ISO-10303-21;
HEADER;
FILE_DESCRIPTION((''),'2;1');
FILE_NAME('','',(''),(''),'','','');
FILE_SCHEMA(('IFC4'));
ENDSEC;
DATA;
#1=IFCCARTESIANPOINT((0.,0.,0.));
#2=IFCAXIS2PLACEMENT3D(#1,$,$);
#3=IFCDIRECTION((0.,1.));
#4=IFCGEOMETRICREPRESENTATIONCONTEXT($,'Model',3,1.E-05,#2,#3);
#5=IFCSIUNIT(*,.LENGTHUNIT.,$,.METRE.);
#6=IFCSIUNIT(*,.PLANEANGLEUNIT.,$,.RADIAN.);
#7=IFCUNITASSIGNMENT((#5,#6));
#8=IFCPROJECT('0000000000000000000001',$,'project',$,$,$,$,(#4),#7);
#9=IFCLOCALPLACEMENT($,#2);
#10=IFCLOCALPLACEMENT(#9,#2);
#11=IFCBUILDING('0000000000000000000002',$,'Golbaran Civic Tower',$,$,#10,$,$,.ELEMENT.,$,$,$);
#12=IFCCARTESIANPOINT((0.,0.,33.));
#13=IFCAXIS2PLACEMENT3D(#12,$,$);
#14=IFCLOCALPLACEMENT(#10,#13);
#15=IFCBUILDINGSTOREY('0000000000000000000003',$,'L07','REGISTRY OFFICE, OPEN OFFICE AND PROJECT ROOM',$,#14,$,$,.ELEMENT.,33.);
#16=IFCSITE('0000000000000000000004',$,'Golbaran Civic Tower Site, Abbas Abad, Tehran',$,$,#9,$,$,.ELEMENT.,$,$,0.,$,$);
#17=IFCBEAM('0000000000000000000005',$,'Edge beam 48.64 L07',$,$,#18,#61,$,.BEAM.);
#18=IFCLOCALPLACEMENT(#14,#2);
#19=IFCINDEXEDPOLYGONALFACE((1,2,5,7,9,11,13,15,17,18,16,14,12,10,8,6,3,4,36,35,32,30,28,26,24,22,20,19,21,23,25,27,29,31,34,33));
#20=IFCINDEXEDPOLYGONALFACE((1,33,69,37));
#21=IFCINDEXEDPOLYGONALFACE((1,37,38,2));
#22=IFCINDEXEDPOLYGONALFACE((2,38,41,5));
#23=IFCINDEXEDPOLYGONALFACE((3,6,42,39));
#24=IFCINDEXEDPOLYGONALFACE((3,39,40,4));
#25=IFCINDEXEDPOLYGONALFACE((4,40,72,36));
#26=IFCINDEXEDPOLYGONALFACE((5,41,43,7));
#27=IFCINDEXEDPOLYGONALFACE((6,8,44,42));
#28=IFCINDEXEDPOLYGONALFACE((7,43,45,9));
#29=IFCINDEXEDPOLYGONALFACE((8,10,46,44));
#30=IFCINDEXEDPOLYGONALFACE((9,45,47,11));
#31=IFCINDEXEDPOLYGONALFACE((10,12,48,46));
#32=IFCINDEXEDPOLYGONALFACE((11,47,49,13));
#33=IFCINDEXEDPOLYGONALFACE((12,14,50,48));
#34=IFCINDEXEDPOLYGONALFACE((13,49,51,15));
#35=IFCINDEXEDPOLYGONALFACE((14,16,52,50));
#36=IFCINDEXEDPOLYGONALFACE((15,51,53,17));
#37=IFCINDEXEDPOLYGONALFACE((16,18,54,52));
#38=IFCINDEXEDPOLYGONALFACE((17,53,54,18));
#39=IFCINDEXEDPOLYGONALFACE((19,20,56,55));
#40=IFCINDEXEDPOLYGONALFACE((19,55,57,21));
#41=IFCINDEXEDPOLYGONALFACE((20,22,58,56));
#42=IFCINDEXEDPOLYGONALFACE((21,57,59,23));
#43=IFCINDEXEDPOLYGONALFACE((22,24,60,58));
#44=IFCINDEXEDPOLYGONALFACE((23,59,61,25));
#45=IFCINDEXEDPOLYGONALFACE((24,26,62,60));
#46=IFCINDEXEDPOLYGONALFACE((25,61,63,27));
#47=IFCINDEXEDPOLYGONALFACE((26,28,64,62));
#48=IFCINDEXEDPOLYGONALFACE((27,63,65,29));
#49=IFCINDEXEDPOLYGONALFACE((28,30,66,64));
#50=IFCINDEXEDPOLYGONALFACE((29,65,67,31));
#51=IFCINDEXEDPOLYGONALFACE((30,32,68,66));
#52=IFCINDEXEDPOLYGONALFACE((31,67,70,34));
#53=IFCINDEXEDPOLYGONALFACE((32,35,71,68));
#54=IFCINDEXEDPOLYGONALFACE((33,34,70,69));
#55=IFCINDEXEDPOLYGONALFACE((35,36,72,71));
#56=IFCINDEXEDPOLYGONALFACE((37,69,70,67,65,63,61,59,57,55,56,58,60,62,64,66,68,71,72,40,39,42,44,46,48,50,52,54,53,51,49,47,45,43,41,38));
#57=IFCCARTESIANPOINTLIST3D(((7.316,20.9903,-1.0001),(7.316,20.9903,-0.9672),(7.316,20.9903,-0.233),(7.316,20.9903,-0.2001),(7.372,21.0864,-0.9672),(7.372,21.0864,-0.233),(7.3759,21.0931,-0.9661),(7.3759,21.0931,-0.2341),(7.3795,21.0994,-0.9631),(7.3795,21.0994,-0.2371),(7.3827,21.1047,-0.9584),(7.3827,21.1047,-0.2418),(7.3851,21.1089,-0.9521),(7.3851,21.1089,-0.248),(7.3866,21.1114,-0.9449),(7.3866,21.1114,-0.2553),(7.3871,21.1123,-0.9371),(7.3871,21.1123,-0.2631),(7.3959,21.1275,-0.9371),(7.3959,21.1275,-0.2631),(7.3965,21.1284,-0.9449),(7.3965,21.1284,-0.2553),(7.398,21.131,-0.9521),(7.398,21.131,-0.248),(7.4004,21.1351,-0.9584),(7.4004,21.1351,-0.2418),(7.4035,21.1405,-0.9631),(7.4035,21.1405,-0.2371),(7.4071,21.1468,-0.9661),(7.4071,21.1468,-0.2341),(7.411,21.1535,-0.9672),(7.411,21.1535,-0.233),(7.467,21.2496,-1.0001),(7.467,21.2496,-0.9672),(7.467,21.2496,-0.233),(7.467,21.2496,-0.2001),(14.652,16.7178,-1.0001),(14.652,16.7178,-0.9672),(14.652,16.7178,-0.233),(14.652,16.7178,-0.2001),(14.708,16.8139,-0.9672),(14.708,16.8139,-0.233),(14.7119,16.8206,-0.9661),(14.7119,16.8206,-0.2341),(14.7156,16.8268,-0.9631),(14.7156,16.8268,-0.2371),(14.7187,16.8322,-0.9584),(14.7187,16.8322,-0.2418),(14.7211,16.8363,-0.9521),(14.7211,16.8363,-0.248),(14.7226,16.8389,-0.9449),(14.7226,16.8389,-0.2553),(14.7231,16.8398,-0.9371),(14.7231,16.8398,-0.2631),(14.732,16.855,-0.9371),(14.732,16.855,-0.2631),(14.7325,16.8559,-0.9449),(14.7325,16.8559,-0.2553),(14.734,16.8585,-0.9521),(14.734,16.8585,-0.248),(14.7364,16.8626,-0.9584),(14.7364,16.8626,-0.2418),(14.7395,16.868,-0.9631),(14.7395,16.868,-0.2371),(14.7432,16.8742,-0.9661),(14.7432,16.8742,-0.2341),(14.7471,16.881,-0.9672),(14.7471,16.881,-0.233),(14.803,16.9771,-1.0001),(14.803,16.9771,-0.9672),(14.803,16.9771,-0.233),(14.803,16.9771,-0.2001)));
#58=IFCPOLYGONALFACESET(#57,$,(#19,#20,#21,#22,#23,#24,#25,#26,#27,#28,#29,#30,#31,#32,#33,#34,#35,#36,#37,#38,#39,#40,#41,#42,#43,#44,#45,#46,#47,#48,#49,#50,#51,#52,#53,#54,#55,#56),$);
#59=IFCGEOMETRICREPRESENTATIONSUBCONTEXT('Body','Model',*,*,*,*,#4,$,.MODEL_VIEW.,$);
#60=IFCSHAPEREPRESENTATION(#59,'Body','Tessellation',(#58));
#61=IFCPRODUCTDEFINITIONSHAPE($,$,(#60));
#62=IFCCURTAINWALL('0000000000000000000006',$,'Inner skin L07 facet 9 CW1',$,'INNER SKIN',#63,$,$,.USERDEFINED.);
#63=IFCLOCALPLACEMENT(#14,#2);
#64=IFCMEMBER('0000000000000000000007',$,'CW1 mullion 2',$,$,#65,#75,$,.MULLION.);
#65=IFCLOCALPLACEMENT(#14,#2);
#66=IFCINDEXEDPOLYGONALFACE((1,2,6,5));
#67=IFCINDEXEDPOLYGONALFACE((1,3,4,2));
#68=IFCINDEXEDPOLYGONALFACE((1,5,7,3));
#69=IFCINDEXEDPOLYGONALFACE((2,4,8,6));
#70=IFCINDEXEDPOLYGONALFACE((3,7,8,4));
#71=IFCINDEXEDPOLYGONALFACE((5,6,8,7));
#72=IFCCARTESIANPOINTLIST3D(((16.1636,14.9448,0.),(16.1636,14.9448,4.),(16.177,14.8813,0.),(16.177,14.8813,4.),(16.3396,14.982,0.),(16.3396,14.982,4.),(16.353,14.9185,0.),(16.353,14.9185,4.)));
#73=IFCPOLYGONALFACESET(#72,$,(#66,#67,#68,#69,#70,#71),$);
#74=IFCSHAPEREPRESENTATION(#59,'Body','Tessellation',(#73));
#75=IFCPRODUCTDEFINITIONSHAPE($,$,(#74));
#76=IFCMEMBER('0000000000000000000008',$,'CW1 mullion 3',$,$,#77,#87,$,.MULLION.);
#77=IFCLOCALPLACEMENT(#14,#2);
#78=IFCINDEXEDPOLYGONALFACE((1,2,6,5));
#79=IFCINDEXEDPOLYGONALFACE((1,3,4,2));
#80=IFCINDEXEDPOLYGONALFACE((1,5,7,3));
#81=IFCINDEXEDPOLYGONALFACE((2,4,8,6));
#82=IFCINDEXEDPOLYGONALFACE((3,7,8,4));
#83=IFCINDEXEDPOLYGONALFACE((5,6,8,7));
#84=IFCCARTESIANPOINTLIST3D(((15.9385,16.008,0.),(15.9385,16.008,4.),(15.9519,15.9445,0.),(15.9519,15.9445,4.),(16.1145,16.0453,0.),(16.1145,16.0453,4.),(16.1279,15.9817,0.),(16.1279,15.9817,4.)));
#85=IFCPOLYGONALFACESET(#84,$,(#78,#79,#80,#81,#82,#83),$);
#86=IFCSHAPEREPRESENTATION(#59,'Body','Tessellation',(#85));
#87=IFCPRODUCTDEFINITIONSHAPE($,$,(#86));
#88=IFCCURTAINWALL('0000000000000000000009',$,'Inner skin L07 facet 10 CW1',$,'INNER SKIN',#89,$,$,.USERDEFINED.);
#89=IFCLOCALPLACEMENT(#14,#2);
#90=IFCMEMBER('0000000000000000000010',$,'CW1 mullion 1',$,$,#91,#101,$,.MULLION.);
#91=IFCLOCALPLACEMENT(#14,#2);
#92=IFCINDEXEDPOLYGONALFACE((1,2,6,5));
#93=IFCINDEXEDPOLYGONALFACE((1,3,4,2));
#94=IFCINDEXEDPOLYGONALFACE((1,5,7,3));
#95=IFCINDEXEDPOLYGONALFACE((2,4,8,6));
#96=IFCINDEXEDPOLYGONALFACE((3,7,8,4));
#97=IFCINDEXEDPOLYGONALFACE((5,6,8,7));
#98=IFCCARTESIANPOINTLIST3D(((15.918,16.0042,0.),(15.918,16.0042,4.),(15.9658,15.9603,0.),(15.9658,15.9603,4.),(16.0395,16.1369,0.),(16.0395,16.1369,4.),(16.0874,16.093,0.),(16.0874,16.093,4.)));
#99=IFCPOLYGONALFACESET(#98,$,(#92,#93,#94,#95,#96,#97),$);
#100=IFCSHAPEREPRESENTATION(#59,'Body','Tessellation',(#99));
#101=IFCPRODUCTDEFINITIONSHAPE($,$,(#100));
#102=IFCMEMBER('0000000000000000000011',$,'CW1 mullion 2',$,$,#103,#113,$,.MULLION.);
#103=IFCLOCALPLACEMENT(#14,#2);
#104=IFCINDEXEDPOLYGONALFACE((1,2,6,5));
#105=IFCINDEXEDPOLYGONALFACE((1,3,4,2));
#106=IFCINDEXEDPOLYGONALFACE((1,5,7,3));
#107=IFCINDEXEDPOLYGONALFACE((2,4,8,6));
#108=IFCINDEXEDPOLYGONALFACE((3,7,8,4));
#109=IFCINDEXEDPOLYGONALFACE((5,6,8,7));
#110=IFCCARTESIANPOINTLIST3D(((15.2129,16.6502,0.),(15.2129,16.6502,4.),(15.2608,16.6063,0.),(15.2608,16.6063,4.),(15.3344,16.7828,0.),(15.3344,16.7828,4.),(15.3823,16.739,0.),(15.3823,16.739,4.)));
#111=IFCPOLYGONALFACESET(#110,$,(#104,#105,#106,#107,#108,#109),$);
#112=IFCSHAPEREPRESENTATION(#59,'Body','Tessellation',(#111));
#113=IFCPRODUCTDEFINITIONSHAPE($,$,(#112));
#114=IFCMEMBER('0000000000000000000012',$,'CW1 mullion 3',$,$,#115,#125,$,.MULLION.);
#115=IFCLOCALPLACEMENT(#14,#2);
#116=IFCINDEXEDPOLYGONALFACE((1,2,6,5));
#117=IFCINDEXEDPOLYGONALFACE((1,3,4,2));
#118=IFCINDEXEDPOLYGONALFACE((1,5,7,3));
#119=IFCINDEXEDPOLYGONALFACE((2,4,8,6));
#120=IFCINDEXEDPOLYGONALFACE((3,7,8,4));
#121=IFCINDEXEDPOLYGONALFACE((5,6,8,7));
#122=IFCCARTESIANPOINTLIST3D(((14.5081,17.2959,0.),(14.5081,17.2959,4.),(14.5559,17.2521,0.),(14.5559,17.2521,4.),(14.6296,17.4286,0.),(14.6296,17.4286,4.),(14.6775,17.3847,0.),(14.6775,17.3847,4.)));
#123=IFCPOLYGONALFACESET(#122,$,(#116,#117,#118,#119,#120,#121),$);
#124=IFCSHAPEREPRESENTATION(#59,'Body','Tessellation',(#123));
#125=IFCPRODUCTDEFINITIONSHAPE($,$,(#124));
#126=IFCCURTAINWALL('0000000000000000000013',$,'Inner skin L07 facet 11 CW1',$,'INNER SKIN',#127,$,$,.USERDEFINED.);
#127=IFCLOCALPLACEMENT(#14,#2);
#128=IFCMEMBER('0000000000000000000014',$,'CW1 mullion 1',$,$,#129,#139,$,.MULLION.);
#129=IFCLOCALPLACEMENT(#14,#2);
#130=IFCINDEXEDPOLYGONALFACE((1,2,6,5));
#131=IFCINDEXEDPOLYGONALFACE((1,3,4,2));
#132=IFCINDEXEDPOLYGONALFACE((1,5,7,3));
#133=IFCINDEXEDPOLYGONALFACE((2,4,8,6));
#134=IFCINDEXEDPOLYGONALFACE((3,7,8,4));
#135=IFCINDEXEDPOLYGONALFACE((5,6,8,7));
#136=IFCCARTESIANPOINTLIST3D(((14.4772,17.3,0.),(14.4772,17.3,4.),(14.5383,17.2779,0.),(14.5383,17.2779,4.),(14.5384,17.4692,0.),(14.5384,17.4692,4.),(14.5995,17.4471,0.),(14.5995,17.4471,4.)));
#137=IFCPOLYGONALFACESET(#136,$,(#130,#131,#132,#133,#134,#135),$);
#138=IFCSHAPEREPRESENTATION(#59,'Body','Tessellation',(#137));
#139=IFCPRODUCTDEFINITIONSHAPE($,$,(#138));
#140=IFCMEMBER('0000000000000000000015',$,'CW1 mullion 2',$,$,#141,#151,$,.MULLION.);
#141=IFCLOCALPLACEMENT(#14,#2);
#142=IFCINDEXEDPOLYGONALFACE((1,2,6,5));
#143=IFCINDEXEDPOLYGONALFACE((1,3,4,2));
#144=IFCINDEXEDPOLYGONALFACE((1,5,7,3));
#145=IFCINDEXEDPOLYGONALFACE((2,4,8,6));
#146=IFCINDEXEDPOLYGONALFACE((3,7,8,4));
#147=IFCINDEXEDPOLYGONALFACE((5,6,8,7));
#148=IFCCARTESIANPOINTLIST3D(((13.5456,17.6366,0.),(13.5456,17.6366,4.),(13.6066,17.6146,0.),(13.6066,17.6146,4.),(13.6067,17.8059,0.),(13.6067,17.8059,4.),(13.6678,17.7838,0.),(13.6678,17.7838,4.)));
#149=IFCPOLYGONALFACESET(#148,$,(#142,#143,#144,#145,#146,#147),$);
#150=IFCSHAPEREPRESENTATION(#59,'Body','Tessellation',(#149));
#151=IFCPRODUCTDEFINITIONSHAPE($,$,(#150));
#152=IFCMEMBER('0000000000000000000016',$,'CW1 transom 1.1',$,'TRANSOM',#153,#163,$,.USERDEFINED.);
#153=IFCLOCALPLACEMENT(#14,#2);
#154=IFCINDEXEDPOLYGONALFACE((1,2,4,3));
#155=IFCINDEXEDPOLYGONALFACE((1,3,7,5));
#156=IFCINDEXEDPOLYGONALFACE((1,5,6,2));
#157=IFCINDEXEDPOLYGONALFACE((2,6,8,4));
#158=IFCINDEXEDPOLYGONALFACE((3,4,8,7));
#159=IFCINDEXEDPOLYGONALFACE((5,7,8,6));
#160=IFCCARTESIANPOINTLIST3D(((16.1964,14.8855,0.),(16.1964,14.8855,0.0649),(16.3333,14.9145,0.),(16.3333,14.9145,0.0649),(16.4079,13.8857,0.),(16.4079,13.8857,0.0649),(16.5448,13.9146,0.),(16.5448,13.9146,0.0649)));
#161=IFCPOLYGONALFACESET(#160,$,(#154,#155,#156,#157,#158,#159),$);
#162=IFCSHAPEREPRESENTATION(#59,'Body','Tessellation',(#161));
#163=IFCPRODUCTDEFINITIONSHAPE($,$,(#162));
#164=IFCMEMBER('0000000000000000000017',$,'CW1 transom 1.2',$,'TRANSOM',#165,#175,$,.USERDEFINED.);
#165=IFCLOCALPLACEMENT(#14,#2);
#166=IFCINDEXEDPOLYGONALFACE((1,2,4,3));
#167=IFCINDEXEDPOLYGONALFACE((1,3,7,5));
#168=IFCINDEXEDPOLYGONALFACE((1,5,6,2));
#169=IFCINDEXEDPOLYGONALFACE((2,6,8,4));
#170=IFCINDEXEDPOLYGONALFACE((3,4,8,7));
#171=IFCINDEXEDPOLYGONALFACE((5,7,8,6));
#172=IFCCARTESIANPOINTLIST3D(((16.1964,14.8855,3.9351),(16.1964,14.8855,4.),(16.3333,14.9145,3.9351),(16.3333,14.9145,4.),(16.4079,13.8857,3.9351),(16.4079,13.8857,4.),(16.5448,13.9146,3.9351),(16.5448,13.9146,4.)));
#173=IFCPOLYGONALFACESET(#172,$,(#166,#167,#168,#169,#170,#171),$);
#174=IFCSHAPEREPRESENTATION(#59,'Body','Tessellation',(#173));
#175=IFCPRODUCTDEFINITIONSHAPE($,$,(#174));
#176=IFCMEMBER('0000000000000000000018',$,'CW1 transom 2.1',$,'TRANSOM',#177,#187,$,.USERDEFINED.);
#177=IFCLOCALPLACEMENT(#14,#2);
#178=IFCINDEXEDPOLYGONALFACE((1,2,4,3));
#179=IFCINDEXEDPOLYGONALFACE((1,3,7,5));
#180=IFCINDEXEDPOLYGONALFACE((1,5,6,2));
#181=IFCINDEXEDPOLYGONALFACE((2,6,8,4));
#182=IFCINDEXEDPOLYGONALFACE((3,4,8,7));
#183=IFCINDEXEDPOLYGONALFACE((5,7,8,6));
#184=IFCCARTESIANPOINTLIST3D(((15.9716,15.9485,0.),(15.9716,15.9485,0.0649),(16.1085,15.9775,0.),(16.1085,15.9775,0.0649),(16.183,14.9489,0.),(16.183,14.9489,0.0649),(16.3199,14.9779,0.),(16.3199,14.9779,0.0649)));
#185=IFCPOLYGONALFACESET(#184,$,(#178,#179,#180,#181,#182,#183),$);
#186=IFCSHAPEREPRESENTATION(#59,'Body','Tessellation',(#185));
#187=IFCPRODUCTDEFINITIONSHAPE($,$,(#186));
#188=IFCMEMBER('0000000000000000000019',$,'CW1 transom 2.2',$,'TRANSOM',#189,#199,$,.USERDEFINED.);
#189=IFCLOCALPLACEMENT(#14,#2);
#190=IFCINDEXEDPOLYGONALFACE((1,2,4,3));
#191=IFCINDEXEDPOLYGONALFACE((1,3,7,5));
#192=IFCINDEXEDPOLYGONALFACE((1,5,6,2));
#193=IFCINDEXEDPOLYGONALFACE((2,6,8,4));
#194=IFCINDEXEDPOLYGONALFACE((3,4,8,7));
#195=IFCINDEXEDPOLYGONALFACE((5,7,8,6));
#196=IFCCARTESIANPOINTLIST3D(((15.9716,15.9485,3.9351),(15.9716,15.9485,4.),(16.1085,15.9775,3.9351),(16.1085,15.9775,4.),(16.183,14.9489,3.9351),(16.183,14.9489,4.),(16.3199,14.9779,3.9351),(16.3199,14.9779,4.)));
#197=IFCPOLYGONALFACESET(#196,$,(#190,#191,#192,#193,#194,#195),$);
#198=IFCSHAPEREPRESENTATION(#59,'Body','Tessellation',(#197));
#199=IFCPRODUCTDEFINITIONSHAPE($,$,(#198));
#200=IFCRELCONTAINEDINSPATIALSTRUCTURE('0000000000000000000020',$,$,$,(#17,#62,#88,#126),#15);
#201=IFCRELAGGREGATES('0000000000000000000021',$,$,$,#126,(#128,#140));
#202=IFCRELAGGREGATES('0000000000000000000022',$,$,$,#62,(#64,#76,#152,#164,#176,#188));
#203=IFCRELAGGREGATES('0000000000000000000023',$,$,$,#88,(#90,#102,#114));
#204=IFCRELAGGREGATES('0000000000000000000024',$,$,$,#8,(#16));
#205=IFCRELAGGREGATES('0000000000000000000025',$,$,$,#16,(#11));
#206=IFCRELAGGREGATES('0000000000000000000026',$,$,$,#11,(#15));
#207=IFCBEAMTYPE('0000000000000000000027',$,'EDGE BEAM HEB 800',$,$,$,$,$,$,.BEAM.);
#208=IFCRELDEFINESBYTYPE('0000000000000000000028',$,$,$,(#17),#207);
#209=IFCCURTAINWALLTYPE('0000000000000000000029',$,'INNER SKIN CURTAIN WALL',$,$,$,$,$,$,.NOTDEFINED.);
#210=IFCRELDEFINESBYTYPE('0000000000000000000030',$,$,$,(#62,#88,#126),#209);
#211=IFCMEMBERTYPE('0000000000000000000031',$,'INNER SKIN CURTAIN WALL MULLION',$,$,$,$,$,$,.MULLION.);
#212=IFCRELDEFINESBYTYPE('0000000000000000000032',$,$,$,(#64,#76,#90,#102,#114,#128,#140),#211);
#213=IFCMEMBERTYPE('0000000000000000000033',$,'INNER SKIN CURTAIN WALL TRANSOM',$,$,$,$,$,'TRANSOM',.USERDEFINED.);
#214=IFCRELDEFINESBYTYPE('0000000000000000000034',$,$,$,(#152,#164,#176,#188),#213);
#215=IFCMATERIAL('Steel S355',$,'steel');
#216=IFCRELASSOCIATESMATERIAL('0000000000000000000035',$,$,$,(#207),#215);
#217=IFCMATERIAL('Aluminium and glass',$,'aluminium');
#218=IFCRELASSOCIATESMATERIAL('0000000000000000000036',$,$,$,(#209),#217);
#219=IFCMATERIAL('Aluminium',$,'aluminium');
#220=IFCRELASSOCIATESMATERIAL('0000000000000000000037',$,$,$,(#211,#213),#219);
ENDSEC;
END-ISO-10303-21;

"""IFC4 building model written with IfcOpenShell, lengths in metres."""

from ifc_helpers import new_model, si_unit, direction, frame, origin, origin_2d, place, context, subcontext, project, spatial, rectangle, i_section, extrude, material, material_profile, profile_set, type_object, element, aggregate, save


model = new_model("IFC4")

# Units and contexts
model_context = context("Model", 3, precision=1e-05, world=origin(), true_north=direction((0.0, 1.0)))
body_context = subcontext(model_context, "Body", "Model", "MODEL_VIEW")
ifc_project = project(units=[si_unit("LENGTHUNIT", "METRE"), si_unit("PLANEANGLEUNIT", "RADIAN")], contexts=[model_context])

# Site, building, storey
site_placement = place(None, origin())
site = spatial("IfcSite", under=ifc_project, at=site_placement, Name="Golbaran Civic Tower Site, Abbas Abad, Tehran", CompositionType="ELEMENT", RefElevation=0.0)
building_placement = place(site_placement, origin())
building = spatial("IfcBuilding", under=site, at=building_placement, Name="Golbaran Civic Tower", CompositionType="ELEMENT")
storey_placement = place(building_placement, frame((0.0, 0.0, 33.0)))
storey = spatial("IfcBuildingStorey", under=building, at=storey_placement, Name="L07", Description="REGISTRY OFFICE, OPEN OFFICE AND PROJECT ROOM", CompositionType="ELEMENT", Elevation=33.0)

# Beam
ifc_material_1 = material(Name="Steel S355", Category="steel")
ifc_material_profile_1 = material_profile(ifc_material_1, i_section(OverallWidth=0.3, OverallDepth=0.8, WebThickness=0.0176, FlangeThickness=0.033, FilletRadius=0.03, at=origin_2d()), Name="HEB 800")
ifc_profile_set_1 = profile_set([ifc_material_profile_1], Name="Steel S355")
beam_type = type_object("IfcBeamType", Name="EDGE BEAM HEB 800", PredefinedType="BEAM", material=ifc_profile_set_1)
beam_placement = place(storey_placement, frame((14.7275, 16.8474, -0.6001), z_axis=(-0.864129, 0.50327, 0.0), x_axis=(-0.50327, -0.864129, 0.0)))
element("IfcBeam", 1, at=beam_placement, inside=storey, type_object=beam_type, Name="Edge beam 48.64 L07", PredefinedType="BEAM", context=body_context, shape_type="SweptSolid", body=[
    extrude(i_section(OverallWidth=0.3, OverallDepth=0.8, WebThickness=0.0176, FlangeThickness=0.033, FilletRadius=0.03, at=origin_2d()), origin(), (0.0, 0.0, 1.0), 8.4895),
])

# Curtain walls, members
ifc_material_2 = material(Name="Aluminium and glass", Category="aluminium")
curtain_wall_type = type_object("IfcCurtainWallType", Name="INNER SKIN CURTAIN WALL", PredefinedType="NOTDEFINED", material=ifc_material_2)
curtain_wall_1_placement = place(storey_placement, origin())
curtain_wall_1 = element("IfcCurtainWall", 2, at=curtain_wall_1_placement, inside=storey, type_object=curtain_wall_type, Name="Inner skin L07 facet 9 CW1", ObjectType="INNER SKIN", PredefinedType="USERDEFINED")
ifc_material_3 = material(Name="Aluminium", Category="aluminium")
ifc_material_profile_2 = material_profile(ifc_material_3, rectangle(XDim=0.1799, YDim=0.0649, at=origin_2d()), Name="INNER SKIN CURTAIN WALL MULLION")
ifc_profile_set_2 = profile_set([ifc_material_profile_2], Name="Aluminium")
member_type_1 = type_object("IfcMemberType", Name="INNER SKIN CURTAIN WALL MULLION", PredefinedType="MULLION", material=ifc_profile_set_2)
member_1_placement = place(storey_placement, frame((16.2583, 14.9316, 0.0), z_axis=(0.0, 0.0, 1.0), x_axis=(-0.978346, -0.206977, 0.0)))
member_1 = element("IfcMember", 3, at=member_1_placement, type_object=member_type_1, Name="CW1 mullion 2", PredefinedType="MULLION", context=body_context, shape_type="SweptSolid", body=[
    extrude(rectangle(XDim=0.1799, YDim=0.0649, at=origin_2d()), origin(), (0.0, 0.0, 1.0), 4.0),
])
member_2_placement = place(storey_placement, frame((16.0332, 15.9949, 0.0), z_axis=(0.0, 0.0, 1.0), x_axis=(-0.978346, -0.206977, 0.0)))
member_2 = element("IfcMember", 4, at=member_2_placement, type_object=member_type_1, Name="CW1 mullion 3", PredefinedType="MULLION", context=body_context, shape_type="SweptSolid", body=[
    extrude(rectangle(XDim=0.1799, YDim=0.0649, at=origin_2d()), origin(), (0.0, 0.0, 1.0), 4.0),
])
curtain_wall_2_placement = place(storey_placement, origin())
curtain_wall_2 = element("IfcCurtainWall", 5, at=curtain_wall_2_placement, inside=storey, type_object=curtain_wall_type, Name="Inner skin L07 facet 10 CW1", ObjectType="INNER SKIN", PredefinedType="USERDEFINED")
member_3_placement = place(storey_placement, frame((16.0027, 16.0486, 0.0), z_axis=(0.0, 0.0, 1.0), x_axis=(-0.67559, -0.737277, 0.0)))
member_3 = element("IfcMember", 6, at=member_3_placement, type_object=member_type_1, Name="CW1 mullion 1", PredefinedType="MULLION", context=body_context, shape_type="SweptSolid", body=[
    extrude(rectangle(XDim=0.1799, YDim=0.0649, at=origin_2d()), origin(), (0.0, 0.0, 1.0), 4.0),
])
member_4_placement = place(storey_placement, frame((15.2976, 16.6946, 0.0), z_axis=(0.0, 0.0, 1.0), x_axis=(-0.67559, -0.737277, 0.0)))
member_4 = element("IfcMember", 7, at=member_4_placement, type_object=member_type_1, Name="CW1 mullion 2", PredefinedType="MULLION", context=body_context, shape_type="SweptSolid", body=[
    extrude(rectangle(XDim=0.1799, YDim=0.0649, at=origin_2d()), origin(), (0.0, 0.0, 1.0), 4.0),
])
member_5_placement = place(storey_placement, frame((14.5928, 17.3403, 0.0), z_axis=(0.0, 0.0, 1.0), x_axis=(-0.67559, -0.737277, 0.0)))
member_5 = element("IfcMember", 8, at=member_5_placement, type_object=member_type_1, Name="CW1 mullion 3", PredefinedType="MULLION", context=body_context, shape_type="SweptSolid", body=[
    extrude(rectangle(XDim=0.1799, YDim=0.0649, at=origin_2d()), origin(), (0.0, 0.0, 1.0), 4.0),
])
curtain_wall_3_placement = place(storey_placement, origin())
curtain_wall_3 = element("IfcCurtainWall", 9, at=curtain_wall_3_placement, inside=storey, type_object=curtain_wall_type, Name="Inner skin L07 facet 11 CW1", ObjectType="INNER SKIN", PredefinedType="USERDEFINED")
member_6_placement = place(storey_placement, frame((14.5383, 17.3735, 0.0), z_axis=(0.0, 0.0, 1.0), x_axis=(-0.340045, -0.940409, 0.0)))
member_6 = element("IfcMember", 10, at=member_6_placement, type_object=member_type_1, Name="CW1 mullion 1", PredefinedType="MULLION", context=body_context, shape_type="SweptSolid", body=[
    extrude(rectangle(XDim=0.1799, YDim=0.0649, at=origin_2d()), origin(), (0.0, 0.0, 1.0), 4.0),
])
member_7_placement = place(storey_placement, frame((13.6067, 17.7102, 0.0), z_axis=(0.0, 0.0, 1.0), x_axis=(-0.340045, -0.940409, 0.0)))
member_7 = element("IfcMember", 11, at=member_7_placement, type_object=member_type_1, Name="CW1 mullion 2", PredefinedType="MULLION", context=body_context, shape_type="SweptSolid", body=[
    extrude(rectangle(XDim=0.1799, YDim=0.0649, at=origin_2d()), origin(), (0.0, 0.0, 1.0), 4.0),
])

# Members
ifc_material_profile_3 = material_profile(ifc_material_3, rectangle(XDim=0.1399, YDim=0.0649, at=origin_2d()), Name="INNER SKIN CURTAIN WALL TRANSOM")
ifc_profile_set_3 = profile_set([ifc_material_profile_3], Name="Aluminium")
member_type_2 = type_object("IfcMemberType", Name="INNER SKIN CURTAIN WALL TRANSOM", ElementType="TRANSOM", PredefinedType="USERDEFINED", material=ifc_profile_set_3)
member_8_placement = place(storey_placement, frame((16.4763, 13.9001, 0.0325), z_axis=(-0.206901, 0.978362, 0.0), x_axis=(-0.978362, -0.206901, 0.0)))
member_8 = element("IfcMember", 12, at=member_8_placement, type_object=member_type_2, Name="CW1 transom 1.1", ObjectType="TRANSOM", PredefinedType="USERDEFINED", context=body_context, shape_type="SweptSolid", body=[
    extrude(rectangle(XDim=0.1399, YDim=0.0649, at=origin_2d()), origin(), (0.0, 0.0, 1.0), 1.022),
])
member_9_placement = place(storey_placement, frame((16.4763, 13.9001, 3.9675), z_axis=(-0.206901, 0.978362, 0.0), x_axis=(-0.978362, -0.206901, 0.0)))
member_9 = element("IfcMember", 13, at=member_9_placement, type_object=member_type_2, Name="CW1 transom 1.2", ObjectType="TRANSOM", PredefinedType="USERDEFINED", context=body_context, shape_type="SweptSolid", body=[
    extrude(rectangle(XDim=0.1399, YDim=0.0649, at=origin_2d()), origin(), (0.0, 0.0, 1.0), 1.022),
])
member_10_placement = place(storey_placement, frame((16.2515, 14.9634, 0.0325), z_axis=(-0.20695, 0.978352, 0.0), x_axis=(-0.978352, -0.20695, 0.0)))
member_10 = element("IfcMember", 14, at=member_10_placement, type_object=member_type_2, Name="CW1 transom 2.1", ObjectType="TRANSOM", PredefinedType="USERDEFINED", context=body_context, shape_type="SweptSolid", body=[
    extrude(rectangle(XDim=0.1399, YDim=0.0649, at=origin_2d()), origin(), (0.0, 0.0, 1.0), 1.0217),
])
member_11_placement = place(storey_placement, frame((16.2515, 14.9634, 3.9675), z_axis=(-0.20695, 0.978352, 0.0), x_axis=(-0.978352, -0.20695, 0.0)))
member_11 = element("IfcMember", 15, at=member_11_placement, type_object=member_type_2, Name="CW1 transom 2.2", ObjectType="TRANSOM", PredefinedType="USERDEFINED", context=body_context, shape_type="SweptSolid", body=[
    extrude(rectangle(XDim=0.1399, YDim=0.0649, at=origin_2d()), origin(), (0.0, 0.0, 1.0), 1.0217),
])

aggregate(curtain_wall_3, [member_6, member_7])
aggregate(curtain_wall_1, [member_1, member_2, member_8, member_9, member_10, member_11])
aggregate(curtain_wall_2, [member_3, member_4, member_5])

save(model, "model.ifc")
